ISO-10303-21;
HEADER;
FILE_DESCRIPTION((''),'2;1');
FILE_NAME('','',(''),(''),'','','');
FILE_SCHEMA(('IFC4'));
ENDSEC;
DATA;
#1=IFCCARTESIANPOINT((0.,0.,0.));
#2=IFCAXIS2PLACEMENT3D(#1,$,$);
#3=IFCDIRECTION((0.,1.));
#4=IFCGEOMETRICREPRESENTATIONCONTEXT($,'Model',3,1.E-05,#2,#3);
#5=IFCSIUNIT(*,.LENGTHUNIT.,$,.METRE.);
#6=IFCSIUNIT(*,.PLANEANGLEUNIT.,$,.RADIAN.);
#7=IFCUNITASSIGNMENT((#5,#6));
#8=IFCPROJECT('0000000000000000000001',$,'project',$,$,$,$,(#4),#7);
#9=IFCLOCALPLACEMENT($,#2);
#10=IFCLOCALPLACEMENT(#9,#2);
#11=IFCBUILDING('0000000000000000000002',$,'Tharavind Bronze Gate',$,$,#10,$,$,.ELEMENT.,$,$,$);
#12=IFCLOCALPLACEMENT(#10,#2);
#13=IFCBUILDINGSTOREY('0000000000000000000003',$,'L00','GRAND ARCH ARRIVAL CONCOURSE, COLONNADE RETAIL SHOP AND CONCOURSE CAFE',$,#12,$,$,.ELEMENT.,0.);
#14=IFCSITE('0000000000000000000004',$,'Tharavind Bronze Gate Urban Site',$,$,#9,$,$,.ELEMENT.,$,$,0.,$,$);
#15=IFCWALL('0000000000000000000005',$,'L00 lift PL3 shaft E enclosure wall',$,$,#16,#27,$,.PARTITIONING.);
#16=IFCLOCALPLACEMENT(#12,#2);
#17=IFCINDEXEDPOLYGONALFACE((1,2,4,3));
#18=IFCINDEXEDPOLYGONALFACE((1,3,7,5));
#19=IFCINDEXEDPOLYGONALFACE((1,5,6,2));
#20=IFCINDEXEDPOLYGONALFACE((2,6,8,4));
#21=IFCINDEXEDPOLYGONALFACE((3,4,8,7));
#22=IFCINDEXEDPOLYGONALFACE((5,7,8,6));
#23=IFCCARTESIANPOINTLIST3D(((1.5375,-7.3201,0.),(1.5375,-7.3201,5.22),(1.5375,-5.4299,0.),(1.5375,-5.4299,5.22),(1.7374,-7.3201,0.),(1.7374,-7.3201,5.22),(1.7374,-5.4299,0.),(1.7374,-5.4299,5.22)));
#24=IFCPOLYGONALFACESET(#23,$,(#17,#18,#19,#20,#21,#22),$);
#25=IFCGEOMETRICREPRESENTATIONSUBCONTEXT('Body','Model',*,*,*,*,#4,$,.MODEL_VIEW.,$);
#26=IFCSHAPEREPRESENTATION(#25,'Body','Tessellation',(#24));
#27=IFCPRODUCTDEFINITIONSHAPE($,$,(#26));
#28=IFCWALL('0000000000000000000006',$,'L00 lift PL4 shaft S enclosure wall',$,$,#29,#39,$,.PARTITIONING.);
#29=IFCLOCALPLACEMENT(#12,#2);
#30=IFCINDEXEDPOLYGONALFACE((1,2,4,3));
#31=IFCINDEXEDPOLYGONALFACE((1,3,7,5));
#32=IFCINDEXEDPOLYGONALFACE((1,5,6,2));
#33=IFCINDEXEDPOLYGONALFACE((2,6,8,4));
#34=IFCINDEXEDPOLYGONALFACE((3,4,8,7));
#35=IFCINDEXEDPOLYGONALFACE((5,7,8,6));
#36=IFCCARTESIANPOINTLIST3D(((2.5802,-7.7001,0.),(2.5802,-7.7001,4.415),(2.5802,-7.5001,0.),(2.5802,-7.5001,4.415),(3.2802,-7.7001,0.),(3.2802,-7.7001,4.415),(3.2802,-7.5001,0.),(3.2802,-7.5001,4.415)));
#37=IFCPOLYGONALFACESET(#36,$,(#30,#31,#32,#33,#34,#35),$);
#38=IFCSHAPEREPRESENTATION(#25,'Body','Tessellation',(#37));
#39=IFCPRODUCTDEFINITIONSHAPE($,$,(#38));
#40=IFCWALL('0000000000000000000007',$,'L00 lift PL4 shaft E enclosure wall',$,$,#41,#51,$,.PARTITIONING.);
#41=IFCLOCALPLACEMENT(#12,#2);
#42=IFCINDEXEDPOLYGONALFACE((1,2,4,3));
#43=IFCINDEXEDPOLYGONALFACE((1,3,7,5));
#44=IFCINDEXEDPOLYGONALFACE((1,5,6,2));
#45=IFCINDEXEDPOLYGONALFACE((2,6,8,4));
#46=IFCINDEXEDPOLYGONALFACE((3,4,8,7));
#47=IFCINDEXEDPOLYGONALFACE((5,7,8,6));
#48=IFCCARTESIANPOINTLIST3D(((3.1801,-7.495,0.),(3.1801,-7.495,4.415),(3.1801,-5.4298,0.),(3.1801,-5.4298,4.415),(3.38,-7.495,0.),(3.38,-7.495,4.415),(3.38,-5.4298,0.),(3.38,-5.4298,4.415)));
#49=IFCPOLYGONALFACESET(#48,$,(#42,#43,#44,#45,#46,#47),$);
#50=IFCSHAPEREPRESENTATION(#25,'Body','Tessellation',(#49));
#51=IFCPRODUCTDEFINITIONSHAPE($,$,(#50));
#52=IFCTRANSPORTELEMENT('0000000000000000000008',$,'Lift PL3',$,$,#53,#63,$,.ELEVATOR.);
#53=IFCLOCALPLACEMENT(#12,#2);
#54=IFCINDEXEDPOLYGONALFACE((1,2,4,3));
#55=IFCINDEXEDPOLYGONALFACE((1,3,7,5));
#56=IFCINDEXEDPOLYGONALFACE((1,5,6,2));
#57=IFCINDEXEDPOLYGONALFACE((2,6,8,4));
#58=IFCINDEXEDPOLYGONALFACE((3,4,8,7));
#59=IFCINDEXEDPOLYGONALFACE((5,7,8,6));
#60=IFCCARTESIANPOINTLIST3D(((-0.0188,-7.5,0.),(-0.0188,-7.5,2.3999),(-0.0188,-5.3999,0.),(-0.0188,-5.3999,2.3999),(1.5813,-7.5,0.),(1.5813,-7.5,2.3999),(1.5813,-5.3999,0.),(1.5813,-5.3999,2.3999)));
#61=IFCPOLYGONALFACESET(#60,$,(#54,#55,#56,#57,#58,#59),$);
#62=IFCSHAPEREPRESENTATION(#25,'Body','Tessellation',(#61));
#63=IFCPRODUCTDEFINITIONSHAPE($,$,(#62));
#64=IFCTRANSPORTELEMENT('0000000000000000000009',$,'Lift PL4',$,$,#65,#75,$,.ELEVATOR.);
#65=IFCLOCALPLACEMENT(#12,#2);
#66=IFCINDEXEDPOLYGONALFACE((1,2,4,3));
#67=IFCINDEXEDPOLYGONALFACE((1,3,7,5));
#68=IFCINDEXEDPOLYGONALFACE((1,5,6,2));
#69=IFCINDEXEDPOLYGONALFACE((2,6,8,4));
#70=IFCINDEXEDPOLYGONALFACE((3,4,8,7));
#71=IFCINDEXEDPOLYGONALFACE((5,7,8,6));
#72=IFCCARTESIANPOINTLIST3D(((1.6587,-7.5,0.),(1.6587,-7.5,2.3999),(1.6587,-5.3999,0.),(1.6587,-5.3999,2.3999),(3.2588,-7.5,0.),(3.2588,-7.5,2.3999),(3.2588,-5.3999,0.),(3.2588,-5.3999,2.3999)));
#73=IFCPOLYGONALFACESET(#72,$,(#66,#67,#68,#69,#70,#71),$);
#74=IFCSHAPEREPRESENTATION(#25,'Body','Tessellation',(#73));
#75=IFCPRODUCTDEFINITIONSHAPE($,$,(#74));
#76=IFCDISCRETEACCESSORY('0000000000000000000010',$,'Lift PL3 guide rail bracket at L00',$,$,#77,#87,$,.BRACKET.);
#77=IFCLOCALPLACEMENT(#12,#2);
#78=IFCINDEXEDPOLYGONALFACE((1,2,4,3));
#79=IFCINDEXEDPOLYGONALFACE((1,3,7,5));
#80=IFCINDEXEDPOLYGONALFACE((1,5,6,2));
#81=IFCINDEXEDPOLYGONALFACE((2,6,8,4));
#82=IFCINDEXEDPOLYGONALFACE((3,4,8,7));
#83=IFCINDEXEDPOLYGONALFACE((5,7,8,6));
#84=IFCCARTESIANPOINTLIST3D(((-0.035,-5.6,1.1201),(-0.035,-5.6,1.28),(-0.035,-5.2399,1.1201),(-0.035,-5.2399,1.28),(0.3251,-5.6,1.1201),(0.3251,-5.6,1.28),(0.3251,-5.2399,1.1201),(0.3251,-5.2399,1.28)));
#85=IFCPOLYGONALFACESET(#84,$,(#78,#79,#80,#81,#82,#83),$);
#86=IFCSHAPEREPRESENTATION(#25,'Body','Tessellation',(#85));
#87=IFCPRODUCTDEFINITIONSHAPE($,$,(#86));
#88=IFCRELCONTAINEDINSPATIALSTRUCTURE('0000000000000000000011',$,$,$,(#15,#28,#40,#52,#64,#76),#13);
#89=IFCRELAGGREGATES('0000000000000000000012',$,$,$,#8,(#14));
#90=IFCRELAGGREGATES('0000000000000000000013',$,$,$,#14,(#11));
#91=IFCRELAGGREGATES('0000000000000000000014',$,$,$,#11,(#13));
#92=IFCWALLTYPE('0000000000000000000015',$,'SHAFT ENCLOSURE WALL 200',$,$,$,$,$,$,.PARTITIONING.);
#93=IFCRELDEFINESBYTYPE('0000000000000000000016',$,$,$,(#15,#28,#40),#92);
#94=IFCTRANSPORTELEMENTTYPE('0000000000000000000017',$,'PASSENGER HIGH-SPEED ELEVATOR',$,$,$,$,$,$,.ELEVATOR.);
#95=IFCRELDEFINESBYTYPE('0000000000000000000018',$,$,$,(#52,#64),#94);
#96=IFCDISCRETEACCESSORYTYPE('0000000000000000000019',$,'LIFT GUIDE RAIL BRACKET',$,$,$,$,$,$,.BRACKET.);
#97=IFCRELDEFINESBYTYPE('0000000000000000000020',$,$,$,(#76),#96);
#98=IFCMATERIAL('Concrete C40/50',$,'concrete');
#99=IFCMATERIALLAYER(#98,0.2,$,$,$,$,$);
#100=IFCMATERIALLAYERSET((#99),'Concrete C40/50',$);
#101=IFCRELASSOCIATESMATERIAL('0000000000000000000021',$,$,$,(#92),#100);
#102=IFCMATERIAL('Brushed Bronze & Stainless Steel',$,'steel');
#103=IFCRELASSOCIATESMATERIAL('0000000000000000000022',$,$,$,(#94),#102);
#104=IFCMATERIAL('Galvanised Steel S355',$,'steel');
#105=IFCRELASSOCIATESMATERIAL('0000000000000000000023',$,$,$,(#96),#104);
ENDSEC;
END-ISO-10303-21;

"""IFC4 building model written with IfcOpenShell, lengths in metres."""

from ifc_helpers import new_model, si_unit, direction, frame, frame_2d, origin, origin_2d, place, context, subcontext, project, spatial, rectangle, extrude, material, layer, layer_set, type_object, element, save


model = new_model("IFC4")

# Units and contexts
model_context = context("Model", 3, precision=1e-05, world=origin(), true_north=direction((0.0, 1.0)))
body_context = subcontext(model_context, "Body", "Model", "MODEL_VIEW")
ifc_project = project(units=[si_unit("LENGTHUNIT", "METRE"), si_unit("PLANEANGLEUNIT", "RADIAN")], contexts=[model_context])

# Site, building, storey
site_placement = place(None, origin())
site = spatial("IfcSite", under=ifc_project, at=site_placement, Name="Tharavind Bronze Gate Urban Site", CompositionType="ELEMENT", RefElevation=0.0)
building_placement = place(site_placement, origin())
building = spatial("IfcBuilding", under=site, at=building_placement, Name="Tharavind Bronze Gate", CompositionType="ELEMENT")
storey_placement = place(building_placement, origin())
storey = spatial("IfcBuildingStorey", under=building, at=storey_placement, Name="L00", Description="GRAND ARCH ARRIVAL CONCOURSE, COLONNADE RETAIL SHOP AND CONCOURSE CAFE", CompositionType="ELEMENT", Elevation=0.0)

# Walls
ifc_material_1 = material(Name="Concrete C40/50", Category="concrete")
ifc_layer_1 = layer(ifc_material_1, 0.2)
ifc_layer_set_1 = layer_set([ifc_layer_1], Name="Concrete C40/50")
wall_type_1 = type_object("IfcWallType", Name="SHAFT ENCLOSURE WALL 200", PredefinedType="PARTITIONING", material=ifc_layer_set_1)
wall_1_placement = place(storey_placement, frame((1.6375, -7.3201, 0.0), z_axis=(0.0, 0.0, 1.0), x_axis=(0.0, 1.0, 0.0)))
element("IfcWall", 1, at=wall_1_placement, inside=storey, type_object=wall_type_1, Name="L00 lift PL3 shaft E enclosure wall", PredefinedType="PARTITIONING", context=body_context, shape_type="SweptSolid", body=[
    extrude(rectangle(XDim=1.8901, YDim=0.2, at=frame_2d((0.9451, 0.0))), origin(), (0.0, 0.0, 1.0), 5.22),
])
wall_2_placement = place(storey_placement, frame((2.5801, -7.6001, 0.0), z_axis=(0.0, 0.0, 1.0), x_axis=(1.0, 0.0, 0.0)))
element("IfcWall", 2, at=wall_2_placement, inside=storey, type_object=wall_type_1, Name="L00 lift PL4 shaft S enclosure wall", PredefinedType="PARTITIONING", context=body_context, shape_type="SweptSolid", body=[
    extrude(rectangle(XDim=0.7, YDim=0.2, at=frame_2d((0.3501, 0.0))), origin(), (0.0, 0.0, 1.0), 4.415),
])
wall_3_placement = place(storey_placement, frame((3.28, -7.4951, 0.0), z_axis=(0.0, 0.0, 1.0), x_axis=(0.0, 1.0, 0.0)))
element("IfcWall", 3, at=wall_3_placement, inside=storey, type_object=wall_type_1, Name="L00 lift PL4 shaft E enclosure wall", PredefinedType="PARTITIONING", context=body_context, shape_type="SweptSolid", body=[
    extrude(rectangle(XDim=2.0652, YDim=0.2, at=frame_2d((1.0327, 0.0))), origin(), (0.0, 0.0, 1.0), 4.415),
])

# Transport elements
ifc_material_2 = material(Name="Brushed Bronze & Stainless Steel", Category="steel")
transport_element_type = type_object("IfcTransportElementType", Name="PASSENGER HIGH-SPEED ELEVATOR", PredefinedType="ELEVATOR", material=ifc_material_2)
for number, where, z_axis, x_axis, name in (
    (4, (0.7812, -6.45, 0.0), (0.0, 0.0, 1.0), (1.0, 0.0, 0.0), "Lift PL3"),
    (5, (2.4587, -6.45, 0.0), (0.0, 0.0, 1.0), (1.0, 0.0, 0.0), "Lift PL4"),
):
    element("IfcTransportElement", number, at=place(storey_placement, frame(where, z_axis=z_axis, x_axis=x_axis)), inside=storey, type_object=transport_element_type, Name=name, PredefinedType="ELEVATOR", context=body_context, shape_type="SweptSolid", body=[
        extrude(rectangle(XDim=1.6001, YDim=2.1001, at=origin_2d()), origin(), (0.0, 0.0, 1.0), 2.3999),
    ])

# Discrete accessory
ifc_material_3 = material(Name="Galvanised Steel S355", Category="steel")
discrete_accessory_type = type_object("IfcDiscreteAccessoryType", Name="LIFT GUIDE RAIL BRACKET", PredefinedType="BRACKET", material=ifc_material_3)
discrete_accessory_placement = place(storey_placement, frame((0.145, -5.4199, 1.1201), z_axis=(0.0, 0.0, 1.0), x_axis=(1.0, 0.0, 0.0)))
element("IfcDiscreteAccessory", 6, at=discrete_accessory_placement, inside=storey, type_object=discrete_accessory_type, Name="Lift PL3 guide rail bracket at L00", PredefinedType="BRACKET", context=body_context, shape_type="SweptSolid", body=[
    extrude(rectangle(XDim=0.3601, YDim=0.3601, at=origin_2d()), origin(), (0.0, 0.0, 1.0), 0.1599),
])

save(model, "model.ifc")
